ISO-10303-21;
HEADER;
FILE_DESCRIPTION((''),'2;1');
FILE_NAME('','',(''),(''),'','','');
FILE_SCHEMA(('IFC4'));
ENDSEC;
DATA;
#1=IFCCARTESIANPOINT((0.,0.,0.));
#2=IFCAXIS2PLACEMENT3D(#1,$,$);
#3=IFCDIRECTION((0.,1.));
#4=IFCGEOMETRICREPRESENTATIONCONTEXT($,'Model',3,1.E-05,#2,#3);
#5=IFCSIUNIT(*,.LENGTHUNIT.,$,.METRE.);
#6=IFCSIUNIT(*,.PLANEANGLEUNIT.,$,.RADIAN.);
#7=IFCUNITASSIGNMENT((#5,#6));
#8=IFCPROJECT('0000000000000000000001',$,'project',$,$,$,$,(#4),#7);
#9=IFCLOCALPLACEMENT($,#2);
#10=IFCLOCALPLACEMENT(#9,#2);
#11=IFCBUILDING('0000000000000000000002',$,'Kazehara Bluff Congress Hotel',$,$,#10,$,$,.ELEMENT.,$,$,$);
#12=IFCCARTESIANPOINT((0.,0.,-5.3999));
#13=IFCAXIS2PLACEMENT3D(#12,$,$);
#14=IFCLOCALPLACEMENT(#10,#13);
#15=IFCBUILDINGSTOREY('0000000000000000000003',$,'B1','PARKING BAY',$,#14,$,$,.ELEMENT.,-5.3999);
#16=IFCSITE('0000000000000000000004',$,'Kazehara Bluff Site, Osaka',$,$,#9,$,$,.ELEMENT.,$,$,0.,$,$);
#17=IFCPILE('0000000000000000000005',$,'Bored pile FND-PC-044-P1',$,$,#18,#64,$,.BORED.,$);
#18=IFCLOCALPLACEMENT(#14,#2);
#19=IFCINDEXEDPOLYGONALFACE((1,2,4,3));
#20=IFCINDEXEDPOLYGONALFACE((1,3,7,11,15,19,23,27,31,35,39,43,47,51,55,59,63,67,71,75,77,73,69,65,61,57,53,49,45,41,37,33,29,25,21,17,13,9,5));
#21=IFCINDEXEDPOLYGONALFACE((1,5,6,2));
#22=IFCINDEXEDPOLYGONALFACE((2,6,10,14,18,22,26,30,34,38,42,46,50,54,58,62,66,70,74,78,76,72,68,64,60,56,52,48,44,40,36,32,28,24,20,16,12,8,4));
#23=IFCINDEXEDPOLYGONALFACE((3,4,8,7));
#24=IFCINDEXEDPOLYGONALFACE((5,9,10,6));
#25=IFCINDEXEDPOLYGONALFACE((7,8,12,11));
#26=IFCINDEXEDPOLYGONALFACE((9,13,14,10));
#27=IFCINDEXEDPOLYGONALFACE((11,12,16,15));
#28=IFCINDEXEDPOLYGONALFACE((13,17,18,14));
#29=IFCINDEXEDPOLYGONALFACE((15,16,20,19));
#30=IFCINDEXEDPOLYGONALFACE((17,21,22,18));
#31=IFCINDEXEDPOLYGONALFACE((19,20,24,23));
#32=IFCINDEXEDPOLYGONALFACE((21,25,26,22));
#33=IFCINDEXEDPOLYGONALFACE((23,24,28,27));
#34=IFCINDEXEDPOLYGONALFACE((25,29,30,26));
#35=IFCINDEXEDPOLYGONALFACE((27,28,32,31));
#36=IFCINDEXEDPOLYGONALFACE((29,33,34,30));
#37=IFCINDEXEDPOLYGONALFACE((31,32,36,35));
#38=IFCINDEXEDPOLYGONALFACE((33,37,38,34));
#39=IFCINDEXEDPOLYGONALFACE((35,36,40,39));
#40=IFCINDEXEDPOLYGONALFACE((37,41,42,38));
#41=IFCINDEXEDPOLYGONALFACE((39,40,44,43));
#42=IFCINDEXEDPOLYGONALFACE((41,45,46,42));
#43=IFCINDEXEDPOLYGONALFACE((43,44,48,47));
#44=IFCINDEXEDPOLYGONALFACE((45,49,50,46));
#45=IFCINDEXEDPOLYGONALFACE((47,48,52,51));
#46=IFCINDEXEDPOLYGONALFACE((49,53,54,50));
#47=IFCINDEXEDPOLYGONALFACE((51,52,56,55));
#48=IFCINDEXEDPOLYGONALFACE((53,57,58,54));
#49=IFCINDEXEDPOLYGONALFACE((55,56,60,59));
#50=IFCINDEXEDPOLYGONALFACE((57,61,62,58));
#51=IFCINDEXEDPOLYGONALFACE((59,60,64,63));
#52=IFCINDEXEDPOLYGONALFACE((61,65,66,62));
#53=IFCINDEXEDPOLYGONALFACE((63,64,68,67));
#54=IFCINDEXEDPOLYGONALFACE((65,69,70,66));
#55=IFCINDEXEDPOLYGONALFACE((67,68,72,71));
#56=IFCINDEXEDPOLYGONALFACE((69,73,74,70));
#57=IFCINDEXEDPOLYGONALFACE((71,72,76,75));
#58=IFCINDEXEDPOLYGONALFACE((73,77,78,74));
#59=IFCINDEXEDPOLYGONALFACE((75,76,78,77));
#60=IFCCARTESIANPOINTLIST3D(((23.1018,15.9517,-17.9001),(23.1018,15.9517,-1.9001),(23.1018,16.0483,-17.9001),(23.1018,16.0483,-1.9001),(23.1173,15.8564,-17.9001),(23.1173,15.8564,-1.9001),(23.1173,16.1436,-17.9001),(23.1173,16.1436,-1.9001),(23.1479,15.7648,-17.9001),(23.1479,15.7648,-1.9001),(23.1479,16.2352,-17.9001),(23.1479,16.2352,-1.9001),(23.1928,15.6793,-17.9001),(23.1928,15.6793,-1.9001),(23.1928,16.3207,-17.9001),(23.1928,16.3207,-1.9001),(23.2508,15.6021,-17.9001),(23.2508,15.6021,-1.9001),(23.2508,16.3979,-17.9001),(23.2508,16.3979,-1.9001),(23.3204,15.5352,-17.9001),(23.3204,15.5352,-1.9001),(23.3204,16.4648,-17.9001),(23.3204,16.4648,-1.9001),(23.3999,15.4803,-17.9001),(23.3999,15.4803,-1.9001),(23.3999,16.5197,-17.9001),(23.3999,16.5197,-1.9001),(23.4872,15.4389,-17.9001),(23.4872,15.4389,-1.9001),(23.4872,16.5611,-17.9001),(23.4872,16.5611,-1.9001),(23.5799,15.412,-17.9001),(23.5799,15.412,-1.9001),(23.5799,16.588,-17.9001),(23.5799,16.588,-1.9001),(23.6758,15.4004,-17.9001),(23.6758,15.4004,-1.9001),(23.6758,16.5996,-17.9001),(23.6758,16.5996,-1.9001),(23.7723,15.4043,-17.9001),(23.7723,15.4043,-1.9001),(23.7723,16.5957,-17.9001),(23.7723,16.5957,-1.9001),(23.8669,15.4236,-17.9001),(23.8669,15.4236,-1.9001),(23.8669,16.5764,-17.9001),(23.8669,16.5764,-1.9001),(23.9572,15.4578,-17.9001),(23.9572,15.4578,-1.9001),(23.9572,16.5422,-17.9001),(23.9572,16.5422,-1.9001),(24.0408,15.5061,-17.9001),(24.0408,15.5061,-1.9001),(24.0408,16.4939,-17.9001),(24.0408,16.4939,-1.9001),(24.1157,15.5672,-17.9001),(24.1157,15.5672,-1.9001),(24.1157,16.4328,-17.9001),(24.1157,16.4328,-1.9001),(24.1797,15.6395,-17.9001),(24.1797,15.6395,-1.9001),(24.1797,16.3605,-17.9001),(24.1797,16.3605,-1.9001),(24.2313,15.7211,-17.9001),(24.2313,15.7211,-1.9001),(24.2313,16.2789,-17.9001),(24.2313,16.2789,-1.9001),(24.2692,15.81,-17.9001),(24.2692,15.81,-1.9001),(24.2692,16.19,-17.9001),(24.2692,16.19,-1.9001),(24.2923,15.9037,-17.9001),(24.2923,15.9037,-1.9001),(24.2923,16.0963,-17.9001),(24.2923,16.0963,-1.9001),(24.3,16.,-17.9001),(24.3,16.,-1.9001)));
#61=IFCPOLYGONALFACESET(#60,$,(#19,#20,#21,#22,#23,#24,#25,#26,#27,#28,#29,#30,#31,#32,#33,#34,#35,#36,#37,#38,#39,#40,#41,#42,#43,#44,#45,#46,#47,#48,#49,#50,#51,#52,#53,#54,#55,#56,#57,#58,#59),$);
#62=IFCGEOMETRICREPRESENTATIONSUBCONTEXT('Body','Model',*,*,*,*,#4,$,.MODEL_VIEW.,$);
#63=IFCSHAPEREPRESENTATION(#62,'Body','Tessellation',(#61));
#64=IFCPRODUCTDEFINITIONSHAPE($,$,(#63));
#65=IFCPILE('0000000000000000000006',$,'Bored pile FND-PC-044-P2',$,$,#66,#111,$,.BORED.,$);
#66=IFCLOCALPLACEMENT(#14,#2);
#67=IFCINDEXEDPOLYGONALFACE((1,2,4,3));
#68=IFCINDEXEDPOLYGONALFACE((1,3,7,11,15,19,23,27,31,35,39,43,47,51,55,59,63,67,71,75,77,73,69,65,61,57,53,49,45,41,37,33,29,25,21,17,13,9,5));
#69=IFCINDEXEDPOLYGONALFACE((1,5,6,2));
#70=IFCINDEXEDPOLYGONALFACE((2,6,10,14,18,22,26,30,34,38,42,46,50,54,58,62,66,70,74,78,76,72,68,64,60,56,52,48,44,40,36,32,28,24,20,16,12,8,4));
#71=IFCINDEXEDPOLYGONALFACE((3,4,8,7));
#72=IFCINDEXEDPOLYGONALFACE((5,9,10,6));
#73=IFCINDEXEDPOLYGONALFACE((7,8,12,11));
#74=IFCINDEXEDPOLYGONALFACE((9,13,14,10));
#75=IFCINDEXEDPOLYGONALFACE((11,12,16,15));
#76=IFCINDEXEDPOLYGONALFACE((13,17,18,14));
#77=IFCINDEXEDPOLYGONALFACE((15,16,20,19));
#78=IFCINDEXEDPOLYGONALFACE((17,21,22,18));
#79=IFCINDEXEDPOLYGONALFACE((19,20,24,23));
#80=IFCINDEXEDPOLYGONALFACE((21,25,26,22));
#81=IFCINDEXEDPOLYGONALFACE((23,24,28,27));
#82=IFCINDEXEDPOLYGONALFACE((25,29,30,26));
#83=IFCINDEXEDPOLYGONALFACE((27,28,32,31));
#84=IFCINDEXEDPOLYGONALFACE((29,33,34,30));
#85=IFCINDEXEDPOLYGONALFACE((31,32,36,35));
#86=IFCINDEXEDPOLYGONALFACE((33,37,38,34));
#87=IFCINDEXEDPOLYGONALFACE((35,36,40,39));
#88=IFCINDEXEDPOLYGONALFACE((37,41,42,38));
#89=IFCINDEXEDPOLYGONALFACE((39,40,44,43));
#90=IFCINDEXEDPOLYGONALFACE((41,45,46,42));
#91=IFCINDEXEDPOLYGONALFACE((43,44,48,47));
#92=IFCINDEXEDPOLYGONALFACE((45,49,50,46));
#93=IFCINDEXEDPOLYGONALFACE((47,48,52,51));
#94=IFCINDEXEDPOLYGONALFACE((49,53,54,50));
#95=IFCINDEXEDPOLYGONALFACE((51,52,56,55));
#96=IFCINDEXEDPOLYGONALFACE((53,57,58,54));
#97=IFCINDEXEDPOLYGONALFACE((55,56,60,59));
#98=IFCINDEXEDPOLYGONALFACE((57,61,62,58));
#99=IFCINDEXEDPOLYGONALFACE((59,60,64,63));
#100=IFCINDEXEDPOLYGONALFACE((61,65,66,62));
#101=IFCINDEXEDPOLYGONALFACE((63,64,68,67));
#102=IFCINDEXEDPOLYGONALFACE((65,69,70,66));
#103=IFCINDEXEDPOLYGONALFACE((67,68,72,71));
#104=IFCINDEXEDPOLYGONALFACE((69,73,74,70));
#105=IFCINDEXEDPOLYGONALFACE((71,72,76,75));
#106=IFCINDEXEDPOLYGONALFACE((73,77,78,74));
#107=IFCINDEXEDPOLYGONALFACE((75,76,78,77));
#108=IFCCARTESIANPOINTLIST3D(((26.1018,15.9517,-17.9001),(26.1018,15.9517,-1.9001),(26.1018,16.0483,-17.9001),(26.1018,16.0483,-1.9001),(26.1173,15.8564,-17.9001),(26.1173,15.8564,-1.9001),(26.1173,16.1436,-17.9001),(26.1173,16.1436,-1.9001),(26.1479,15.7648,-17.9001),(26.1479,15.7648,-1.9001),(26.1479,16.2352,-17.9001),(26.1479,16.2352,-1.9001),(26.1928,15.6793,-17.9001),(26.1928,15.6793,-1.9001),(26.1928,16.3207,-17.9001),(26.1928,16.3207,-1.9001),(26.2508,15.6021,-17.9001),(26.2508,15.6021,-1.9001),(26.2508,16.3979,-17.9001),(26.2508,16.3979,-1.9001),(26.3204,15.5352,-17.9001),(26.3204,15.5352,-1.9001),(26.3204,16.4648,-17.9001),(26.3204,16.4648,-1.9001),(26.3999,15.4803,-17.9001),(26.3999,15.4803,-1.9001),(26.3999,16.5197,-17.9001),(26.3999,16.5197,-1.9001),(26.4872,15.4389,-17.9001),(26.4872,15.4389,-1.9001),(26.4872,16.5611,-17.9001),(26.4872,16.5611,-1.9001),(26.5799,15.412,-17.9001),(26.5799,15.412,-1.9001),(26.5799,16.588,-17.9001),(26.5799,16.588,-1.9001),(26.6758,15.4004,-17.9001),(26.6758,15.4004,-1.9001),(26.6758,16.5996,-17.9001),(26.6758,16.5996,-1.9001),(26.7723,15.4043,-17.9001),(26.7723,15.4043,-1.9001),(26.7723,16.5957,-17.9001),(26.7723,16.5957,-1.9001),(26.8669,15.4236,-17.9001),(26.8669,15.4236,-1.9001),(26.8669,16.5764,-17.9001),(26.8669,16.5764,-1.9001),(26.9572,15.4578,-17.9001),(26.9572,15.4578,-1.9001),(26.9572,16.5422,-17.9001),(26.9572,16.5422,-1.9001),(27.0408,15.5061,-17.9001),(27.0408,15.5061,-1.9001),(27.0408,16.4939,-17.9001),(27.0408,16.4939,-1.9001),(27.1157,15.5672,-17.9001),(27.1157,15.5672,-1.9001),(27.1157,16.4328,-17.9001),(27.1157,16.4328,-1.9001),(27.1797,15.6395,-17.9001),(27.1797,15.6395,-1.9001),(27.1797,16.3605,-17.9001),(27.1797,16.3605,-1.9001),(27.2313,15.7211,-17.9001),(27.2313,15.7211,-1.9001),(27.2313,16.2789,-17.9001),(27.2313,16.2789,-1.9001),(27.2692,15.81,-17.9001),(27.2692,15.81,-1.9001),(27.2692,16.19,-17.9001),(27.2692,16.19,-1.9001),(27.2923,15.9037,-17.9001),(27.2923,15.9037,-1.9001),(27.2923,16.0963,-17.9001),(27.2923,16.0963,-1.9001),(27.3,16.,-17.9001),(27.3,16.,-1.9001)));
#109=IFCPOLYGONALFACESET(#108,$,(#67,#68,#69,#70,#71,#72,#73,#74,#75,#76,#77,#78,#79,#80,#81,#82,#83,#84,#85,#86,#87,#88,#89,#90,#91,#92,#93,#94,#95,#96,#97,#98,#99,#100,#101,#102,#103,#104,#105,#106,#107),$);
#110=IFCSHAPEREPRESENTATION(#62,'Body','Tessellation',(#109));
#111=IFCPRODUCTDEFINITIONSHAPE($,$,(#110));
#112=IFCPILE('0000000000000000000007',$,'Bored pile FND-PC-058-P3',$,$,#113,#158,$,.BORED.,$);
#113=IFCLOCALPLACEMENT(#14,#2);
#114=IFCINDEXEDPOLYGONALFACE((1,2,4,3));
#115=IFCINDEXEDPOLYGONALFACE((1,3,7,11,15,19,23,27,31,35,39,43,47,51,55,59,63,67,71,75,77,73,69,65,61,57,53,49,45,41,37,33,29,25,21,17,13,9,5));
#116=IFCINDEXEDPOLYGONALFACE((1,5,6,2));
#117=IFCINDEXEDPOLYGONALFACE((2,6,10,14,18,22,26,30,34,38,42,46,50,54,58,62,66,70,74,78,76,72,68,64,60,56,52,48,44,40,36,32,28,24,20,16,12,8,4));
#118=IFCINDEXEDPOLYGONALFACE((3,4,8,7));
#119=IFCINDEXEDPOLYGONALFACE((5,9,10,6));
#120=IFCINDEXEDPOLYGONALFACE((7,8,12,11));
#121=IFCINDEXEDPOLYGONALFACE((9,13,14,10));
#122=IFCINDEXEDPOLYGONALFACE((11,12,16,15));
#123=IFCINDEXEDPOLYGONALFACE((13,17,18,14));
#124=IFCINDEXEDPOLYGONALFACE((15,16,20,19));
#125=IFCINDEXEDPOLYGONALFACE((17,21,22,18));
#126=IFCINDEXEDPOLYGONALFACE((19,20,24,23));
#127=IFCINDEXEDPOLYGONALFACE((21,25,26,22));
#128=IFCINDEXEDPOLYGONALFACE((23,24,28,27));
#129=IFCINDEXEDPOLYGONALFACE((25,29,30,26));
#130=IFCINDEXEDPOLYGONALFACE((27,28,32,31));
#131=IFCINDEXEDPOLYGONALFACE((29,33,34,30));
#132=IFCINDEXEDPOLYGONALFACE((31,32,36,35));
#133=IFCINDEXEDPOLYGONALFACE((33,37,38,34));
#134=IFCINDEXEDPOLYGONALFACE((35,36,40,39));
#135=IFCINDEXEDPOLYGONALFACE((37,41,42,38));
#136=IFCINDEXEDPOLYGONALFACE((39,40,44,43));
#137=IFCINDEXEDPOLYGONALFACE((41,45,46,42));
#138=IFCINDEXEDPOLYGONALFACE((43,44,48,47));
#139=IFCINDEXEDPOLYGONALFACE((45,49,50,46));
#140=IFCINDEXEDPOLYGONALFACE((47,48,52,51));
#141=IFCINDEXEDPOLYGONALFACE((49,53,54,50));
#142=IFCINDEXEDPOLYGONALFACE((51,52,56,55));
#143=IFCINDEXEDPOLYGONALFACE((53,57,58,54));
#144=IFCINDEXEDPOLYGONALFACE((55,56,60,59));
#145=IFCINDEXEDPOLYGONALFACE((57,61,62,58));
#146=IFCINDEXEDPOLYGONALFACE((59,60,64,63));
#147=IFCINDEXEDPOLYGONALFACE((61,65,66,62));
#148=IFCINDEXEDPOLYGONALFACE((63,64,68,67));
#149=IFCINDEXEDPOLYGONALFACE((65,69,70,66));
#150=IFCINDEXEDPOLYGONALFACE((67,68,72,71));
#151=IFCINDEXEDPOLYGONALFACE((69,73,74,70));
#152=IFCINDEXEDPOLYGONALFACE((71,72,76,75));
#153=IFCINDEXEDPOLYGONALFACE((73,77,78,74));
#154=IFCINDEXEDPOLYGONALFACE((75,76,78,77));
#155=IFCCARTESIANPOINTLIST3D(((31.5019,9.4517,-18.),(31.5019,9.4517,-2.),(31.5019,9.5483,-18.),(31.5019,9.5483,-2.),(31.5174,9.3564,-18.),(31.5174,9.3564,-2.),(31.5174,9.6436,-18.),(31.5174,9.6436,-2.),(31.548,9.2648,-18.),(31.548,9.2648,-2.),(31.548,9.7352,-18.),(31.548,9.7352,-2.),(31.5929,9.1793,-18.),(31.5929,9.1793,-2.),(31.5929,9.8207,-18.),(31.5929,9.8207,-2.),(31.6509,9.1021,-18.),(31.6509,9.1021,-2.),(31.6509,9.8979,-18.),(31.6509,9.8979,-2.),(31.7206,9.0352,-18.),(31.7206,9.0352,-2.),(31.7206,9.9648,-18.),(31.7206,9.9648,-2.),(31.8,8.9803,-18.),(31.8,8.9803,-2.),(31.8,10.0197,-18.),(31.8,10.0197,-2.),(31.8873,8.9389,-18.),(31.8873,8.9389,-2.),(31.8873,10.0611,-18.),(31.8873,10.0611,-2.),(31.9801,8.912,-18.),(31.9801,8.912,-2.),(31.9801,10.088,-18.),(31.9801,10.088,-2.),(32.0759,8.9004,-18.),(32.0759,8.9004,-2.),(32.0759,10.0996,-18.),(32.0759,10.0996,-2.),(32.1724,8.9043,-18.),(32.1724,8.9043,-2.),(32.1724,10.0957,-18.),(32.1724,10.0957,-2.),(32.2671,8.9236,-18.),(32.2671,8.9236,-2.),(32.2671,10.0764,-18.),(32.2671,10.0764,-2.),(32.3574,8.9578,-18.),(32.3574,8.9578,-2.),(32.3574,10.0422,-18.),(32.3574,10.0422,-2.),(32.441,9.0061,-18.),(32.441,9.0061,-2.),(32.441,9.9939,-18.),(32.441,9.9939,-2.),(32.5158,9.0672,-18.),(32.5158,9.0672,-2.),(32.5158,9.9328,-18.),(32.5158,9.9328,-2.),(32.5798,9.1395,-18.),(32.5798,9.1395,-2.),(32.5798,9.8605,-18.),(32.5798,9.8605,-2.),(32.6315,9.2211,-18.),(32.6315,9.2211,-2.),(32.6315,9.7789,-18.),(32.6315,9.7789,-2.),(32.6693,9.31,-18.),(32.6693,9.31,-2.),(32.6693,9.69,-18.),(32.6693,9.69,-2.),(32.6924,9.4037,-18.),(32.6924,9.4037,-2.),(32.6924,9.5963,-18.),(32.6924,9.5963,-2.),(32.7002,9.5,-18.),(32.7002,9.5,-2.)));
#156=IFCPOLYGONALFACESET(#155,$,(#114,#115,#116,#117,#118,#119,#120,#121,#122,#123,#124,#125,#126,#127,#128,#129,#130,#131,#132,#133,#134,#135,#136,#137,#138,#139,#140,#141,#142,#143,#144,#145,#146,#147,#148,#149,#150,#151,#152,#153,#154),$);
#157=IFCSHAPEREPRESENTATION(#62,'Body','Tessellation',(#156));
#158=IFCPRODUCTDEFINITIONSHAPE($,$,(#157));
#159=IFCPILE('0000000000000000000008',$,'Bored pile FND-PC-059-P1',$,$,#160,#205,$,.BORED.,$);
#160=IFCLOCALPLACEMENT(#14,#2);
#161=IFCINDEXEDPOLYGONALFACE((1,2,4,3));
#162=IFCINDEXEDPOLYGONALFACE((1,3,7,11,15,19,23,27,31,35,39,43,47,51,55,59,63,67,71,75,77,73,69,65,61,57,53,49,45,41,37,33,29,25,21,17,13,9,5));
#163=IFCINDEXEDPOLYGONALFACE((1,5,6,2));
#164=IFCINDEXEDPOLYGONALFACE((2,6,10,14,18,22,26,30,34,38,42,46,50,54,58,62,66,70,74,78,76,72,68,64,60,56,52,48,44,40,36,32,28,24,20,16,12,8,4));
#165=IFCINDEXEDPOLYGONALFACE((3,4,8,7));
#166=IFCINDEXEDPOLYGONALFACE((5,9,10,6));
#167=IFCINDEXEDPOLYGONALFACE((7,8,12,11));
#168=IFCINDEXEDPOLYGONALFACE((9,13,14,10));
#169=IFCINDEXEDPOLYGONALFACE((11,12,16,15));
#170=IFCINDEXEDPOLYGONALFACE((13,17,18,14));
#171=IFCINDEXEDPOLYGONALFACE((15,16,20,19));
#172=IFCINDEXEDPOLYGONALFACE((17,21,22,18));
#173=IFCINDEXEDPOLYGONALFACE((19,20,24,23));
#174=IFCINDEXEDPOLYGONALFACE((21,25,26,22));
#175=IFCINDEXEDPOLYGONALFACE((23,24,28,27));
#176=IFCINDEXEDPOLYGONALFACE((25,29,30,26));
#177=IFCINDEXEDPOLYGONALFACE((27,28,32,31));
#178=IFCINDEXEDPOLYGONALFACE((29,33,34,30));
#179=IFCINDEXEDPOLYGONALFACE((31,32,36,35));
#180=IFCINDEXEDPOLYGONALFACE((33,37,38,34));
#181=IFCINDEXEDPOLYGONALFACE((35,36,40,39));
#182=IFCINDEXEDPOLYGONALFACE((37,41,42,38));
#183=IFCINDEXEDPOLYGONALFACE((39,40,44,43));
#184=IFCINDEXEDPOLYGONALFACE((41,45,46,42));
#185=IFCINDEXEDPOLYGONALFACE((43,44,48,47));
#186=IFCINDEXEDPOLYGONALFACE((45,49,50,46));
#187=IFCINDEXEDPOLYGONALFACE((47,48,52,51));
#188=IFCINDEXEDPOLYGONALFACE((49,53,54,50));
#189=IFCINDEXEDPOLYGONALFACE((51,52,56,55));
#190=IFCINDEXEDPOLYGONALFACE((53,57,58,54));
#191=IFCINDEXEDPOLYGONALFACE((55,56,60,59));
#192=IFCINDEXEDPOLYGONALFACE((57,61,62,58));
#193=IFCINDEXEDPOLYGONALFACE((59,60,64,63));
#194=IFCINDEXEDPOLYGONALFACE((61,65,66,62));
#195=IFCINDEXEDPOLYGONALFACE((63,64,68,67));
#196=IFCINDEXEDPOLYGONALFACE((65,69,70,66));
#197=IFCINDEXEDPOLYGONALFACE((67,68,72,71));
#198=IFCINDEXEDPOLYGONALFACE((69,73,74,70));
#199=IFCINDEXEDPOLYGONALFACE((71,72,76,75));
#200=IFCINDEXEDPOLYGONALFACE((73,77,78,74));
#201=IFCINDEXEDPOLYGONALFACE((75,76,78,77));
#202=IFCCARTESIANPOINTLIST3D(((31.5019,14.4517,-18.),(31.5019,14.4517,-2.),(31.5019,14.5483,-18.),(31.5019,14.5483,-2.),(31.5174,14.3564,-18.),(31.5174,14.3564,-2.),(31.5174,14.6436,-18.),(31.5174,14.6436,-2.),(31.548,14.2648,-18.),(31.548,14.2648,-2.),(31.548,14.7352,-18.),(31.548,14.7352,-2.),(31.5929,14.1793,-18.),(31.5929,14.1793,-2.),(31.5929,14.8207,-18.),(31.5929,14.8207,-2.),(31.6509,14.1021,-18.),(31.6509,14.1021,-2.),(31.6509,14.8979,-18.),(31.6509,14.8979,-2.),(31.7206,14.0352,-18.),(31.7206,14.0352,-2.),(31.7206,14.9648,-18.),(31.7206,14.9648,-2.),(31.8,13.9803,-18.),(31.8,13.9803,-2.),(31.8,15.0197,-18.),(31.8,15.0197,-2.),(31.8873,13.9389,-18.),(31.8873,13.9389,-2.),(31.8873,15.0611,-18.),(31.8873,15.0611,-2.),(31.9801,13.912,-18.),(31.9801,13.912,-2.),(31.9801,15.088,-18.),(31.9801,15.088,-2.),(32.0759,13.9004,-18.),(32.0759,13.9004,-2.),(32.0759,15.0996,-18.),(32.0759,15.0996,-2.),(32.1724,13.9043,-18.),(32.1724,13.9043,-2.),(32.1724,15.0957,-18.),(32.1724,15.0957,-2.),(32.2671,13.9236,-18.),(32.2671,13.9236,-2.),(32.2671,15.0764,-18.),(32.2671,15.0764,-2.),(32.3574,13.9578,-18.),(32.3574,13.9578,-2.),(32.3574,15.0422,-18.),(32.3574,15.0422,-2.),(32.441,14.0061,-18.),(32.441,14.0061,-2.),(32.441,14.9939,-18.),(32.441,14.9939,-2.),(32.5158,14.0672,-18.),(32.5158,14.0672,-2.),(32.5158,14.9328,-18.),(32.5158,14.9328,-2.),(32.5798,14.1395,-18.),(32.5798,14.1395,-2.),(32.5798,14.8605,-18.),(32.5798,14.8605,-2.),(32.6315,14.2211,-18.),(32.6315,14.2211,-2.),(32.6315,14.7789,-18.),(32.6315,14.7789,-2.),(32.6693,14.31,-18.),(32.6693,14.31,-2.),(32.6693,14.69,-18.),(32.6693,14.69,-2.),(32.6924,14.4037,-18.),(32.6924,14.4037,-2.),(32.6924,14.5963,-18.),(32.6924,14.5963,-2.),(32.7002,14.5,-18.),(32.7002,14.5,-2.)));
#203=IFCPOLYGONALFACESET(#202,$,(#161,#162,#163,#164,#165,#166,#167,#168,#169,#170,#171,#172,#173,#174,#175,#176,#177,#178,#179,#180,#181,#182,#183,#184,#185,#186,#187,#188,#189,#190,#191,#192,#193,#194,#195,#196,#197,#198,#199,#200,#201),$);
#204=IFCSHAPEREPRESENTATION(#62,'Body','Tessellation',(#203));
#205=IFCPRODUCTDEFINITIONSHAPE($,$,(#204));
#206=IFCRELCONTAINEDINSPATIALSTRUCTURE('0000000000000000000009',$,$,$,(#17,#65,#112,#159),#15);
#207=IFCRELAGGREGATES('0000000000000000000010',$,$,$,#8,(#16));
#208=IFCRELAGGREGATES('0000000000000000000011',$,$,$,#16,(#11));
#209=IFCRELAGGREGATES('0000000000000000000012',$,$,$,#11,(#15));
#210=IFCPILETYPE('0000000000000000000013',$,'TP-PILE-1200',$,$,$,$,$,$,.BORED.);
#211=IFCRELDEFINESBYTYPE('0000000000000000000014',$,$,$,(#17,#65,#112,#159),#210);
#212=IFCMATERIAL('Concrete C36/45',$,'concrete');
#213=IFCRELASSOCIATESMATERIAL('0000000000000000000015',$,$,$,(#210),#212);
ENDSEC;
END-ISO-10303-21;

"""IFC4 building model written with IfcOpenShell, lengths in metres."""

from ifc_helpers import new_model, si_unit, direction, frame, origin, origin_2d, place, context, subcontext, project, spatial, circle, extrude, material, material_profile, profile_set, type_object, element, save


model = new_model("IFC4")

# Units and contexts
model_context = context("Model", 3, precision=1e-05, world=origin(), true_north=direction((0.0, 1.0)))
body_context = subcontext(model_context, "Body", "Model", "MODEL_VIEW")
ifc_project = project(units=[si_unit("LENGTHUNIT", "METRE"), si_unit("PLANEANGLEUNIT", "RADIAN")], contexts=[model_context])

# Site, building, storey
site_placement = place(None, origin())
site = spatial("IfcSite", under=ifc_project, at=site_placement, Name="Kazehara Bluff Site, Osaka", CompositionType="ELEMENT", RefElevation=0.0)
building_placement = place(site_placement, origin())
building = spatial("IfcBuilding", under=site, at=building_placement, Name="Kazehara Bluff Congress Hotel", CompositionType="ELEMENT")
storey_placement = place(building_placement, frame((0.0, 0.0, -5.3999)))
storey = spatial("IfcBuildingStorey", under=building, at=storey_placement, Name="B1", Description="PARKING BAY", CompositionType="ELEMENT", Elevation=-5.3999)

# Piles
ifc_material_1 = material(Name="Concrete C36/45", Category="concrete")
ifc_material_profile_1 = material_profile(ifc_material_1, circle(Radius=0.6001, at=origin_2d()))
ifc_profile_set_1 = profile_set([ifc_material_profile_1], Name="Concrete C36/45")
pile_type = type_object("IfcPileType", Name="TP-PILE-1200", PredefinedType="BORED", material=ifc_profile_set_1)
for number, where, z_axis, x_axis, name in (
    (1, (23.7, 16.0, -1.9001), (0.0, 0.0, -1.0), (1.0, 0.0, 0.0), "Bored pile FND-PC-044-P1"),
    (2, (26.7, 16.0, -1.9001), (0.0, 0.0, -1.0), (1.0, 0.0, 0.0), "Bored pile FND-PC-044-P2"),
    (3, (32.1001, 9.5, -2.0), (0.0, 0.0, -1.0), (1.0, 0.0, 0.0), "Bored pile FND-PC-058-P3"),
    (4, (32.1001, 14.5, -2.0), (0.0, 0.0, -1.0), (1.0, 0.0, 0.0), "Bored pile FND-PC-059-P1"),
):
    element("IfcPile", number, at=place(storey_placement, frame(where, z_axis=z_axis, x_axis=x_axis)), inside=storey, type_object=pile_type, Name=name, PredefinedType="BORED", context=body_context, shape_type="SweptSolid", body=[
        extrude(circle(Radius=0.6001, at=origin_2d()), origin(), (0.0, 0.0, 1.0), 16.0),
    ])

save(model, "model.ifc")
